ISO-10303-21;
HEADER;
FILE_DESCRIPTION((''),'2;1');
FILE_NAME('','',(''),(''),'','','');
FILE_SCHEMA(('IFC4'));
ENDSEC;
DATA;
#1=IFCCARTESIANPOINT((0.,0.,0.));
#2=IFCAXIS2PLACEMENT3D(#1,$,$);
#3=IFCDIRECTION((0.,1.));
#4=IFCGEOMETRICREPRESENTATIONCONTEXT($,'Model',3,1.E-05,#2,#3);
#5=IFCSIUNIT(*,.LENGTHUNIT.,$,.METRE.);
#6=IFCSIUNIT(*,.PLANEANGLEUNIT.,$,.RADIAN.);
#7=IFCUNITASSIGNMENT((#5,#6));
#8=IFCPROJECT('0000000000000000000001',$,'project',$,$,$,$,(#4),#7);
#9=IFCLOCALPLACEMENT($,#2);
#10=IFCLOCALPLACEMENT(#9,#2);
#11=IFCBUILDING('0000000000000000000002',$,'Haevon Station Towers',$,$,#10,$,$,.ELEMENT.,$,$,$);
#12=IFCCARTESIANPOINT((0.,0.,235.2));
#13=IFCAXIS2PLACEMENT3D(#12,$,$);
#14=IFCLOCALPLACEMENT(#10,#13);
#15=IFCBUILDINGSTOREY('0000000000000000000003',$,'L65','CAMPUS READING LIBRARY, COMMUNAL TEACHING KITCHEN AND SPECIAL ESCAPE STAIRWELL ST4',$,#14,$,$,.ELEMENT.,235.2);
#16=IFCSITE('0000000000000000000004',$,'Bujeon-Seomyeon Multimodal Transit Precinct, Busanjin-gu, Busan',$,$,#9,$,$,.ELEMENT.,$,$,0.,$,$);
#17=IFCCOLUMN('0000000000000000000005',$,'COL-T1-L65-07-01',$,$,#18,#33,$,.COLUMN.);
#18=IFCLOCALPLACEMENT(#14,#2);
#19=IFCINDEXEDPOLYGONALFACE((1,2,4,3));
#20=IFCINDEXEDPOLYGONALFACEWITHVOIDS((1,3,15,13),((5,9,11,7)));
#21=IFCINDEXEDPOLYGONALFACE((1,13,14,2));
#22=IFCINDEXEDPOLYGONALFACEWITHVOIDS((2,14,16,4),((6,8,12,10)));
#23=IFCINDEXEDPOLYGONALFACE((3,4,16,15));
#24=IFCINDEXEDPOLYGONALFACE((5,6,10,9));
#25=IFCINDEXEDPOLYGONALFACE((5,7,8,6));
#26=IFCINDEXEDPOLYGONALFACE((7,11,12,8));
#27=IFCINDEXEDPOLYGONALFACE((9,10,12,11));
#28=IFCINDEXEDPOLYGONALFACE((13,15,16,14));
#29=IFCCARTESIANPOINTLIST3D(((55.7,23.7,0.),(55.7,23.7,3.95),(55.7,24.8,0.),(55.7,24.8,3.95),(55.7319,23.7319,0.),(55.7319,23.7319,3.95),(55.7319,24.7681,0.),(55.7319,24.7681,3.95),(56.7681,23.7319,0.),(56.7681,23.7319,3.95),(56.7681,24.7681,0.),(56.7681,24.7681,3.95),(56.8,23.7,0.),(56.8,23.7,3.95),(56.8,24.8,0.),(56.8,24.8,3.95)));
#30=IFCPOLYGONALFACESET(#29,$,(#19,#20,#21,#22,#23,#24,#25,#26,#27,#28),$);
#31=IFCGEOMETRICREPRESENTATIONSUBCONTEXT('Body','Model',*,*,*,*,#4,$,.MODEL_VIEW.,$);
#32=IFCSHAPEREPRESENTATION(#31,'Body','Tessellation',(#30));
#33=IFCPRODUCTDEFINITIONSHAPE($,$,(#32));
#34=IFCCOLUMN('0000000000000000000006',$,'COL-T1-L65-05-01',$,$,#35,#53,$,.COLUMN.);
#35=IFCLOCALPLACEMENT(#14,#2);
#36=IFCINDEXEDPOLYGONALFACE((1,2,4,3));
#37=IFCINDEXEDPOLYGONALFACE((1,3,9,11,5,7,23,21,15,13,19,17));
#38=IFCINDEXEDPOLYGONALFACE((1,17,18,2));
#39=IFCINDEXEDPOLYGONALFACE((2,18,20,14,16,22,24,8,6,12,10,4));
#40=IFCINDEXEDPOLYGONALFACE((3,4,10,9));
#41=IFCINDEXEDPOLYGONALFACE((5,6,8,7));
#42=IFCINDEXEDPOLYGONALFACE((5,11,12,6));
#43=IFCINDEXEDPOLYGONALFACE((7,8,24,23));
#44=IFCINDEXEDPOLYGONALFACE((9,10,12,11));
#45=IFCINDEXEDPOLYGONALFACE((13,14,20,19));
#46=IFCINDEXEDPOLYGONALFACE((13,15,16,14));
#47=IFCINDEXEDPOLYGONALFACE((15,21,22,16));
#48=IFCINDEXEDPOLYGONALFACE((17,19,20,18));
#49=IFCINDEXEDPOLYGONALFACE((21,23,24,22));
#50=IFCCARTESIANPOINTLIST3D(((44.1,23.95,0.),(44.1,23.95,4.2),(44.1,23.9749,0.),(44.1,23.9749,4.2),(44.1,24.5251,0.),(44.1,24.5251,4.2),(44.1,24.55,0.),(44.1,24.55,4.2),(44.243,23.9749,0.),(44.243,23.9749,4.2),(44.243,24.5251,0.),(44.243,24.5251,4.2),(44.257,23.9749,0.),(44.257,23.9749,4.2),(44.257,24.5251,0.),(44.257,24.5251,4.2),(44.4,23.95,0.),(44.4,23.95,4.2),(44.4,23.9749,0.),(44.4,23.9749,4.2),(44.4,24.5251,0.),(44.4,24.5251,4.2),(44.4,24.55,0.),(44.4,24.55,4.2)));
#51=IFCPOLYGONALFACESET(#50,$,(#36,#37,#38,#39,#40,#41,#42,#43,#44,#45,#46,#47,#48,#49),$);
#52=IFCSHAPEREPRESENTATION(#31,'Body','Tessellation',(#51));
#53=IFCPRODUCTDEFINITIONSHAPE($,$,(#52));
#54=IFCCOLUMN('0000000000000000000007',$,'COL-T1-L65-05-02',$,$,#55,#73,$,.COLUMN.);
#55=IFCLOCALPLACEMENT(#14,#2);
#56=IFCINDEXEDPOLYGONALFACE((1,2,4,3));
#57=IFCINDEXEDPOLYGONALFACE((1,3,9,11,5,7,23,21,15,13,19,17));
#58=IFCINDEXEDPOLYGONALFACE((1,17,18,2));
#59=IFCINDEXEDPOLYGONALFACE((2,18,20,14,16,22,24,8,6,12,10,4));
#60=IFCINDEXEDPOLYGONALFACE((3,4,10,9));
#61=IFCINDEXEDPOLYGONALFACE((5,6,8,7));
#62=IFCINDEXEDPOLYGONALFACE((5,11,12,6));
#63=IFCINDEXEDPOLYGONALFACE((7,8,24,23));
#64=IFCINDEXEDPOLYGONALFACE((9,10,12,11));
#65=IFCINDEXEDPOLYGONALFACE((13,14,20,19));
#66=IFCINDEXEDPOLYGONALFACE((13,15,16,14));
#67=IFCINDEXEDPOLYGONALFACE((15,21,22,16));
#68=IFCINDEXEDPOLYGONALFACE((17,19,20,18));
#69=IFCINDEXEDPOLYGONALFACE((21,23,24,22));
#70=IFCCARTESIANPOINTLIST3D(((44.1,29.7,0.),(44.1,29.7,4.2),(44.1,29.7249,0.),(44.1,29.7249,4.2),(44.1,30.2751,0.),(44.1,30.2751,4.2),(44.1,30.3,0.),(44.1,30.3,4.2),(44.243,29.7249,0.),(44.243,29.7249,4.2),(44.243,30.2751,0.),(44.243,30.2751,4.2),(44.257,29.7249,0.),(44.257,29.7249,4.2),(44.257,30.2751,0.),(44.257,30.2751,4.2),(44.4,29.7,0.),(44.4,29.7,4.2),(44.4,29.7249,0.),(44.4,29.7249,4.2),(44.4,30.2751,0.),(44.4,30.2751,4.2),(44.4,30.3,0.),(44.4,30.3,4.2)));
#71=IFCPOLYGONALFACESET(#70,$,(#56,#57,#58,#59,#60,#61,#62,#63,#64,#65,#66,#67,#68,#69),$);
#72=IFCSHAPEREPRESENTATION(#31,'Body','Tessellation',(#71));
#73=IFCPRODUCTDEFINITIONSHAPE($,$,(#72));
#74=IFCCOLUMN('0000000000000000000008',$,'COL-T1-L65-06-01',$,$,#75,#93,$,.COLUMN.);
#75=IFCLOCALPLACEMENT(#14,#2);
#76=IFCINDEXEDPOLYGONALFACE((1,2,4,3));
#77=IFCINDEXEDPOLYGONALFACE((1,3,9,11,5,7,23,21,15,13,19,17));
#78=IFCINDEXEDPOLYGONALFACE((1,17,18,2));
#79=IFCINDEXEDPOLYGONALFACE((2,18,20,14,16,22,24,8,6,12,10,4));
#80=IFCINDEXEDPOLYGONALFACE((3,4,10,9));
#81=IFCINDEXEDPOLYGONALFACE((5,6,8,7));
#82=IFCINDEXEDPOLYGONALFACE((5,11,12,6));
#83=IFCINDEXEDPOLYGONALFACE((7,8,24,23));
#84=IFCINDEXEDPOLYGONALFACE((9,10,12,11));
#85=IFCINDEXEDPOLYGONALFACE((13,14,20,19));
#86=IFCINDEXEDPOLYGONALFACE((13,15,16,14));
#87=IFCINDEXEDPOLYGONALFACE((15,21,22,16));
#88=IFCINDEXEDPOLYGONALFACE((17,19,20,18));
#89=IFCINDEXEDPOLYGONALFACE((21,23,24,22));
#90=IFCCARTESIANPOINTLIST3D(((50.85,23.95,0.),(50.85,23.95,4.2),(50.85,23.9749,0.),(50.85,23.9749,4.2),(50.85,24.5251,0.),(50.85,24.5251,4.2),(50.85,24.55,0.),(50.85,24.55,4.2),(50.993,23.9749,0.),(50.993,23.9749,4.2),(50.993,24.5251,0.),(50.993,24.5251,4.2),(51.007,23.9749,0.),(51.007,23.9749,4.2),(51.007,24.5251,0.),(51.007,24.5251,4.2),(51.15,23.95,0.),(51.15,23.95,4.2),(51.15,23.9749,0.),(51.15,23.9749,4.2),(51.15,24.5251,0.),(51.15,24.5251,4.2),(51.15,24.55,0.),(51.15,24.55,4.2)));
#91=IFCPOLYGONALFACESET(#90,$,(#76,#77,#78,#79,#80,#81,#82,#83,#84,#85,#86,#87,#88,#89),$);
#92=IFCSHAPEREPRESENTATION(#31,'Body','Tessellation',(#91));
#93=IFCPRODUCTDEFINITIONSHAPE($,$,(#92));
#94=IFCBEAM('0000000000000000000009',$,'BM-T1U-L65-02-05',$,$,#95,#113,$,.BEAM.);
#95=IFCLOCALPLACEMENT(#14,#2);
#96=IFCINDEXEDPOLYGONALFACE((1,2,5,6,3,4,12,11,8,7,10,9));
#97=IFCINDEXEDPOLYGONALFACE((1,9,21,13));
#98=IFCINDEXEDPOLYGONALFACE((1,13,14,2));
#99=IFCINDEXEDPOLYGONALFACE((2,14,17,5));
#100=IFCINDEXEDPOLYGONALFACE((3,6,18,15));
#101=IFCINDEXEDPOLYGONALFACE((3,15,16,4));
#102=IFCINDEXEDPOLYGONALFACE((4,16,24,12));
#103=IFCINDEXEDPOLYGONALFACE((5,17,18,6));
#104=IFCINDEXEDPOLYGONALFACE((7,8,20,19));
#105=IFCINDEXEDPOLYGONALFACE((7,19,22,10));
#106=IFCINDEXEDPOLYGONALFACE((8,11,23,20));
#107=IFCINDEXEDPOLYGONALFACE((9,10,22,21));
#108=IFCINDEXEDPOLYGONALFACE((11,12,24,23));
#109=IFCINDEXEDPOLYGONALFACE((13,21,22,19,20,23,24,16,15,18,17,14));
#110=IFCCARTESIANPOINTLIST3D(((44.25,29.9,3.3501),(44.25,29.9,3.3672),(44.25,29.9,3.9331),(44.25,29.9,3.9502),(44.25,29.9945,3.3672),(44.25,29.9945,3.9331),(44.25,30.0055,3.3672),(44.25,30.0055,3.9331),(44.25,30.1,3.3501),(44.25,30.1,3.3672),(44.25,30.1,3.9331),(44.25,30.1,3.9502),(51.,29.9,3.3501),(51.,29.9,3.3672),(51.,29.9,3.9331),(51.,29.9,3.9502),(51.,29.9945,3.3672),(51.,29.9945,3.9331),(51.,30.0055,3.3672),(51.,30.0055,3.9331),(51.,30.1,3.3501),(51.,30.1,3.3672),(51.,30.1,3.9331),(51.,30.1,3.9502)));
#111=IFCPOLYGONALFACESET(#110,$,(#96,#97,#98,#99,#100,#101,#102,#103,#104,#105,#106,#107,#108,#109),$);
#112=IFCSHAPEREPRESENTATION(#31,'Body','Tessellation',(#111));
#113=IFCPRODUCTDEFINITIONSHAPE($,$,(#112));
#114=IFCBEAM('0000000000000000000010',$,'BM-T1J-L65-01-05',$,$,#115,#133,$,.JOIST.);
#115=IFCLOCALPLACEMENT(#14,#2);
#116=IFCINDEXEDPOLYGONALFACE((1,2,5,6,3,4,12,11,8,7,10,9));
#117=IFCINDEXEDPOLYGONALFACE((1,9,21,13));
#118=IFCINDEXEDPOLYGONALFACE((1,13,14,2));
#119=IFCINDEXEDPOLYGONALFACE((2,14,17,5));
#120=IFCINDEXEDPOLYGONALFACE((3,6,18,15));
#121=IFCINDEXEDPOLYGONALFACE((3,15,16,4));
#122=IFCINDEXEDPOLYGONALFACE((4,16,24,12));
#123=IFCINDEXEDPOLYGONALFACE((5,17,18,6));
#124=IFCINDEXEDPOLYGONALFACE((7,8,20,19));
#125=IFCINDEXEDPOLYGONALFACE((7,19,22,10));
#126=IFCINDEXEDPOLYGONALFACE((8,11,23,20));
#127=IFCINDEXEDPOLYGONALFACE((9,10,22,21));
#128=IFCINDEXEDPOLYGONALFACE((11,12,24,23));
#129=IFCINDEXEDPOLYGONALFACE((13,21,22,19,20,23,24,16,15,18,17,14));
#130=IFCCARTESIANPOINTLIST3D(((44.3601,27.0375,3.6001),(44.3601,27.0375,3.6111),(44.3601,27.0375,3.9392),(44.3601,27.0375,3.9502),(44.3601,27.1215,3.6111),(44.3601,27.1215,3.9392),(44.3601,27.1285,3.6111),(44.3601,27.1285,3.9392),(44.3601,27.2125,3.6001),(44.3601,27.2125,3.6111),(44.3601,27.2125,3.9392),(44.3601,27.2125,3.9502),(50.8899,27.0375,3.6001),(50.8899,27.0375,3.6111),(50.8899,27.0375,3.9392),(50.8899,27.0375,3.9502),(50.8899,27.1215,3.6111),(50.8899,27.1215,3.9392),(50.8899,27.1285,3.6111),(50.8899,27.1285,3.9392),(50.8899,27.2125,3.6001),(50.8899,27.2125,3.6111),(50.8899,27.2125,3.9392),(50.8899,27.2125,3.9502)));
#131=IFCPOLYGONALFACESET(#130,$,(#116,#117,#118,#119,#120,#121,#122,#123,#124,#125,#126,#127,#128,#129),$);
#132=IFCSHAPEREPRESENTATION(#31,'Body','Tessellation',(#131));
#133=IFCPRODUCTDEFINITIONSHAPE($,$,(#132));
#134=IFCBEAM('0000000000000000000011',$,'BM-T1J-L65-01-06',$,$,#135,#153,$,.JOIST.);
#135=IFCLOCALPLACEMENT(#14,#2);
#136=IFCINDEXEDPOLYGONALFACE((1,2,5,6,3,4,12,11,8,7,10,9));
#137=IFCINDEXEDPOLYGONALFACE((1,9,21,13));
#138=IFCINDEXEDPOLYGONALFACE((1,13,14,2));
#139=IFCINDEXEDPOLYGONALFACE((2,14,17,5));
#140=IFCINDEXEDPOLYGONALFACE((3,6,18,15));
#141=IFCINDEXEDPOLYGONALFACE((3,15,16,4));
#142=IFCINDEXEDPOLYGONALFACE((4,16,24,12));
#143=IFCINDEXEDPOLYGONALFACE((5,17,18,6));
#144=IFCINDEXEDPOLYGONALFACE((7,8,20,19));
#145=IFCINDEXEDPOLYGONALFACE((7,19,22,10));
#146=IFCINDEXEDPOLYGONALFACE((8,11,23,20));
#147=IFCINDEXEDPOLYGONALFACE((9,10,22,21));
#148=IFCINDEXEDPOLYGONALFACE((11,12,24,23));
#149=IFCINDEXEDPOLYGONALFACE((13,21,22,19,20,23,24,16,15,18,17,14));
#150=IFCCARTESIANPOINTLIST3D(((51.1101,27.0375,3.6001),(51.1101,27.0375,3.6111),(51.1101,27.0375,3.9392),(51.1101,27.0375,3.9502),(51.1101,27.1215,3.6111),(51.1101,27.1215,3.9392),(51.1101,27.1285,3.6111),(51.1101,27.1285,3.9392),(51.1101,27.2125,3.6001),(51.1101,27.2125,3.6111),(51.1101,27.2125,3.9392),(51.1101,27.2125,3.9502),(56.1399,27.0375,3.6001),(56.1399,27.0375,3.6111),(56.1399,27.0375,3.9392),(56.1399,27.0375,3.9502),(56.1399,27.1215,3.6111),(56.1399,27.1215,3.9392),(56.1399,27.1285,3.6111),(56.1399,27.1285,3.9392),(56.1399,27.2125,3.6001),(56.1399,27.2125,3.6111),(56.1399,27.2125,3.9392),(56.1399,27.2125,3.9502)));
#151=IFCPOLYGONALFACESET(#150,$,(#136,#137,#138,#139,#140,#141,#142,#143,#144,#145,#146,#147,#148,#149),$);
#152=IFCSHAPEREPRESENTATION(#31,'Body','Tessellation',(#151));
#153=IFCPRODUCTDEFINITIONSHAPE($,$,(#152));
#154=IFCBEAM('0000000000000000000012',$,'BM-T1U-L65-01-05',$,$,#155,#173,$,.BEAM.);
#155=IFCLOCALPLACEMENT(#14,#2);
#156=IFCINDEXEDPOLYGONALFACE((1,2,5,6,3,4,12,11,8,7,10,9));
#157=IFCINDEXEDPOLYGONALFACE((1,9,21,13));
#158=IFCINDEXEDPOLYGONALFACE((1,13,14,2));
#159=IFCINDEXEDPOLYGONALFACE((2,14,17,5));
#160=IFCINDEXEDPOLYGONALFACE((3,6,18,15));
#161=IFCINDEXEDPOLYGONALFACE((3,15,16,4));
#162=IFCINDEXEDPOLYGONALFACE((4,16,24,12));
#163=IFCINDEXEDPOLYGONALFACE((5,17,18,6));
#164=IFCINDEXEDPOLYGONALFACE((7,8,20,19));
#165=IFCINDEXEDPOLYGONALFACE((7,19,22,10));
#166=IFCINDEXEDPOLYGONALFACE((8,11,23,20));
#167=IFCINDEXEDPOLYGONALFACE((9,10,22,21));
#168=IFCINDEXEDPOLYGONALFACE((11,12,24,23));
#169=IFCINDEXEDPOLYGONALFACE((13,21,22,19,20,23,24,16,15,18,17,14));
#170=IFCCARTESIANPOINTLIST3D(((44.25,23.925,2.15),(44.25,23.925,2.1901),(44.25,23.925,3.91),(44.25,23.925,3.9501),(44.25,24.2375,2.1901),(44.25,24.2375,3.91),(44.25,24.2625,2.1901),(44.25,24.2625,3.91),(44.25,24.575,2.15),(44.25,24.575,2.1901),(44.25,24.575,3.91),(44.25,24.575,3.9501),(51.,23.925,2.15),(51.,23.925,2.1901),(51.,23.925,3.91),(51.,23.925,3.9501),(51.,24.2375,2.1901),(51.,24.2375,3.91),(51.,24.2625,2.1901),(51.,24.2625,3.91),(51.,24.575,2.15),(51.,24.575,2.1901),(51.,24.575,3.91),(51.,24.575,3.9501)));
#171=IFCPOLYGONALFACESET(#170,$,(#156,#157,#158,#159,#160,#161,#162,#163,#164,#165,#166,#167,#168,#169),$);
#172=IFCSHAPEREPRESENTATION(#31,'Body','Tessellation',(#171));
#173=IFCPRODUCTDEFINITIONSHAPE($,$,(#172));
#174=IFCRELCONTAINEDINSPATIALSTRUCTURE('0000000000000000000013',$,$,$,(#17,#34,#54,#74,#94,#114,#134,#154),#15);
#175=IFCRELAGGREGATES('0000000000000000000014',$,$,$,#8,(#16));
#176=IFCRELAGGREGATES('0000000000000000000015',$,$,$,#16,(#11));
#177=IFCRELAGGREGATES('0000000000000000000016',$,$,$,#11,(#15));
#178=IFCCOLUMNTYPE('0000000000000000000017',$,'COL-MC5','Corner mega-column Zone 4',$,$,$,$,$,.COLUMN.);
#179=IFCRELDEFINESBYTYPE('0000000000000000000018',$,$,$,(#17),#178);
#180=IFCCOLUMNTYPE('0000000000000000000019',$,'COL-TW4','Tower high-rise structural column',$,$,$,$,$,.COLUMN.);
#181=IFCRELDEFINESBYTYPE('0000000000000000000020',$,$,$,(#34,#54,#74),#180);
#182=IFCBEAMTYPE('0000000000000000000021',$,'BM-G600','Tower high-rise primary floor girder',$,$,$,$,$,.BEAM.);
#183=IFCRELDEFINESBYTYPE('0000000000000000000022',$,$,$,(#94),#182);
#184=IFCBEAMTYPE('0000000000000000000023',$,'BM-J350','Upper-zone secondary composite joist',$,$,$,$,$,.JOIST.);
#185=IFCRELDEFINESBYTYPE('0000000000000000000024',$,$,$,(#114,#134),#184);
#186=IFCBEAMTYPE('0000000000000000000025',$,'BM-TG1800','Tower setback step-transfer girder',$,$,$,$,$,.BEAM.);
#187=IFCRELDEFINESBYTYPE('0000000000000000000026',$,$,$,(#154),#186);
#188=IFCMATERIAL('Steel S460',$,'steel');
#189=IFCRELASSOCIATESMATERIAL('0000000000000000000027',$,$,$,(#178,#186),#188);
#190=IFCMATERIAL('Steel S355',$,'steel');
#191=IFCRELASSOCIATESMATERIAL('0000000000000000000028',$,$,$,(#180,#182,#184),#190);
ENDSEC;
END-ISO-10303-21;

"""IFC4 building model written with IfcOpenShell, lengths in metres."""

from ifc_helpers import new_model, si_unit, direction, frame, origin, origin_2d, place, context, subcontext, project, spatial, hollow_rectangle, i_section, extrude, material, material_profile, profile_set, type_object, element, save


model = new_model("IFC4")

# Units and contexts
model_context = context("Model", 3, precision=1e-05, world=origin(), true_north=direction((0.0, 1.0)))
body_context = subcontext(model_context, "Body", "Model", "MODEL_VIEW")
ifc_project = project(units=[si_unit("LENGTHUNIT", "METRE"), si_unit("PLANEANGLEUNIT", "RADIAN")], contexts=[model_context])

# Site, building, storey
site_placement = place(None, origin())
site = spatial("IfcSite", under=ifc_project, at=site_placement, Name="Bujeon-Seomyeon Multimodal Transit Precinct, Busanjin-gu, Busan", CompositionType="ELEMENT", RefElevation=0.0)
building_placement = place(site_placement, origin())
building = spatial("IfcBuilding", under=site, at=building_placement, Name="Haevon Station Towers", CompositionType="ELEMENT")
storey_placement = place(building_placement, frame((0.0, 0.0, 235.2)))
storey = spatial("IfcBuildingStorey", under=building, at=storey_placement, Name="L65", Description="CAMPUS READING LIBRARY, COMMUNAL TEACHING KITCHEN AND SPECIAL ESCAPE STAIRWELL ST4", CompositionType="ELEMENT", Elevation=235.2)

# Columns
ifc_material_1 = material(Name="Steel S460", Category="steel")
ifc_material_profile_1 = material_profile(ifc_material_1, hollow_rectangle(XDim=1.1001, YDim=1.1001, WallThickness=0.032, at=origin_2d()), Name="BOX-1100x1100x32")
ifc_profile_set_1 = profile_set([ifc_material_profile_1], Name="Steel S460")
column_type_1 = type_object("IfcColumnType", Name="COL-MC5", Description="Corner mega-column Zone 4", PredefinedType="COLUMN", material=ifc_profile_set_1)
column_placement = place(storey_placement, frame((56.25, 24.25, 0.0), z_axis=(0.0, 0.0, 1.0), x_axis=(1.0, 0.0, 0.0)))
element("IfcColumn", 1, at=column_placement, inside=storey, type_object=column_type_1, Name="COL-T1-L65-07-01", PredefinedType="COLUMN", context=body_context, shape_type="SweptSolid", body=[
    extrude(hollow_rectangle(XDim=1.1001, YDim=1.1001, WallThickness=0.032, at=origin_2d()), origin(), (0.0, 0.0, 1.0), 3.95),
])
ifc_material_2 = material(Name="Steel S355", Category="steel")
ifc_material_profile_2 = material_profile(ifc_material_2, i_section(OverallWidth=0.3, OverallDepth=0.6001, WebThickness=0.0139, FlangeThickness=0.0249, at=origin_2d()), Name="H-600x300x14x25")
ifc_profile_set_2 = profile_set([ifc_material_profile_2], Name="Steel S355")
column_type_2 = type_object("IfcColumnType", Name="COL-TW4", Description="Tower high-rise structural column", PredefinedType="COLUMN", material=ifc_profile_set_2)
for number, where, z_axis, x_axis, name in (
    (2, (44.25, 24.25, 0.0), (0.0, 0.0, 1.0), (1.0, 0.0, 0.0), "COL-T1-L65-05-01"),
    (3, (44.25, 30.0, 0.0), (0.0, 0.0, 1.0), (1.0, 0.0, 0.0), "COL-T1-L65-05-02"),
    (4, (51.0, 24.25, 0.0), (0.0, 0.0, 1.0), (1.0, 0.0, 0.0), "COL-T1-L65-06-01"),
):
    element("IfcColumn", number, at=place(storey_placement, frame(where, z_axis=z_axis, x_axis=x_axis)), inside=storey, type_object=column_type_2, Name=name, PredefinedType="COLUMN", context=body_context, shape_type="SweptSolid", body=[
        extrude(i_section(OverallWidth=0.3, OverallDepth=0.6001, WebThickness=0.0139, FlangeThickness=0.0249, at=origin_2d()), origin(), (0.0, 0.0, 1.0), 4.2),
    ])

# Beams
ifc_material_profile_3 = material_profile(ifc_material_2, i_section(OverallWidth=0.2, OverallDepth=0.6001, WebThickness=0.011, FlangeThickness=0.0171, at=origin_2d()), Name="H-600x200x11x17")
ifc_profile_set_3 = profile_set([ifc_material_profile_3], Name="Steel S355")
beam_type_1 = type_object("IfcBeamType", Name="BM-G600", Description="Tower high-rise primary floor girder", PredefinedType="BEAM", material=ifc_profile_set_3)
beam_1_placement = place(storey_placement, frame((44.25, 30.0, 3.6501), z_axis=(1.0, 0.0, 0.0), x_axis=(0.0, 1.0, 0.0)))
element("IfcBeam", 5, at=beam_1_placement, inside=storey, type_object=beam_type_1, Name="BM-T1U-L65-02-05", PredefinedType="BEAM", context=body_context, shape_type="SweptSolid", body=[
    extrude(i_section(OverallWidth=0.2, OverallDepth=0.6001, WebThickness=0.011, FlangeThickness=0.0171, at=origin_2d()), origin(), (0.0, 0.0, 1.0), 6.75),
])
ifc_material_profile_4 = material_profile(ifc_material_2, i_section(OverallWidth=0.175, OverallDepth=0.3501, WebThickness=0.0071, FlangeThickness=0.011, at=origin_2d()), Name="H-350x175x7x11")
ifc_profile_set_4 = profile_set([ifc_material_profile_4], Name="Steel S355")
beam_type_2 = type_object("IfcBeamType", Name="BM-J350", Description="Upper-zone secondary composite joist", PredefinedType="JOIST", material=ifc_profile_set_4)
beam_2_placement = place(storey_placement, frame((44.3601, 27.125, 3.7751), z_axis=(1.0, 0.0, 0.0), x_axis=(0.0, 1.0, 0.0)))
element("IfcBeam", 6, at=beam_2_placement, inside=storey, type_object=beam_type_2, Name="BM-T1J-L65-01-05", PredefinedType="JOIST", context=body_context, shape_type="SweptSolid", body=[
    extrude(i_section(OverallWidth=0.175, OverallDepth=0.3501, WebThickness=0.0071, FlangeThickness=0.011, at=origin_2d()), origin(), (0.0, 0.0, 1.0), 6.5298),
])
beam_3_placement = place(storey_placement, frame((51.1101, 27.125, 3.7751), z_axis=(1.0, 0.0, 0.0), x_axis=(0.0, 1.0, 0.0)))
element("IfcBeam", 7, at=beam_3_placement, inside=storey, type_object=beam_type_2, Name="BM-T1J-L65-01-06", PredefinedType="JOIST", context=body_context, shape_type="SweptSolid", body=[
    extrude(i_section(OverallWidth=0.175, OverallDepth=0.3501, WebThickness=0.0071, FlangeThickness=0.011, at=origin_2d()), origin(), (0.0, 0.0, 1.0), 5.0298),
])
ifc_material_profile_5 = material_profile(ifc_material_1, i_section(OverallWidth=0.6499, OverallDepth=1.8, WebThickness=0.0249, FlangeThickness=0.04, at=origin_2d()), Name="H-1800x650x25x40")
ifc_profile_set_5 = profile_set([ifc_material_profile_5], Name="Steel S460")
beam_type_3 = type_object("IfcBeamType", Name="BM-TG1800", Description="Tower setback step-transfer girder", PredefinedType="BEAM", material=ifc_profile_set_5)
beam_4_placement = place(storey_placement, frame((44.25, 24.25, 3.05), z_axis=(1.0, 0.0, 0.0), x_axis=(0.0, 1.0, 0.0)))
element("IfcBeam", 8, at=beam_4_placement, inside=storey, type_object=beam_type_3, Name="BM-T1U-L65-01-05", PredefinedType="BEAM", context=body_context, shape_type="SweptSolid", body=[
    extrude(i_section(OverallWidth=0.6499, OverallDepth=1.8, WebThickness=0.0249, FlangeThickness=0.04, at=origin_2d()), origin(), (0.0, 0.0, 1.0), 6.75),
])

save(model, "model.ifc")
